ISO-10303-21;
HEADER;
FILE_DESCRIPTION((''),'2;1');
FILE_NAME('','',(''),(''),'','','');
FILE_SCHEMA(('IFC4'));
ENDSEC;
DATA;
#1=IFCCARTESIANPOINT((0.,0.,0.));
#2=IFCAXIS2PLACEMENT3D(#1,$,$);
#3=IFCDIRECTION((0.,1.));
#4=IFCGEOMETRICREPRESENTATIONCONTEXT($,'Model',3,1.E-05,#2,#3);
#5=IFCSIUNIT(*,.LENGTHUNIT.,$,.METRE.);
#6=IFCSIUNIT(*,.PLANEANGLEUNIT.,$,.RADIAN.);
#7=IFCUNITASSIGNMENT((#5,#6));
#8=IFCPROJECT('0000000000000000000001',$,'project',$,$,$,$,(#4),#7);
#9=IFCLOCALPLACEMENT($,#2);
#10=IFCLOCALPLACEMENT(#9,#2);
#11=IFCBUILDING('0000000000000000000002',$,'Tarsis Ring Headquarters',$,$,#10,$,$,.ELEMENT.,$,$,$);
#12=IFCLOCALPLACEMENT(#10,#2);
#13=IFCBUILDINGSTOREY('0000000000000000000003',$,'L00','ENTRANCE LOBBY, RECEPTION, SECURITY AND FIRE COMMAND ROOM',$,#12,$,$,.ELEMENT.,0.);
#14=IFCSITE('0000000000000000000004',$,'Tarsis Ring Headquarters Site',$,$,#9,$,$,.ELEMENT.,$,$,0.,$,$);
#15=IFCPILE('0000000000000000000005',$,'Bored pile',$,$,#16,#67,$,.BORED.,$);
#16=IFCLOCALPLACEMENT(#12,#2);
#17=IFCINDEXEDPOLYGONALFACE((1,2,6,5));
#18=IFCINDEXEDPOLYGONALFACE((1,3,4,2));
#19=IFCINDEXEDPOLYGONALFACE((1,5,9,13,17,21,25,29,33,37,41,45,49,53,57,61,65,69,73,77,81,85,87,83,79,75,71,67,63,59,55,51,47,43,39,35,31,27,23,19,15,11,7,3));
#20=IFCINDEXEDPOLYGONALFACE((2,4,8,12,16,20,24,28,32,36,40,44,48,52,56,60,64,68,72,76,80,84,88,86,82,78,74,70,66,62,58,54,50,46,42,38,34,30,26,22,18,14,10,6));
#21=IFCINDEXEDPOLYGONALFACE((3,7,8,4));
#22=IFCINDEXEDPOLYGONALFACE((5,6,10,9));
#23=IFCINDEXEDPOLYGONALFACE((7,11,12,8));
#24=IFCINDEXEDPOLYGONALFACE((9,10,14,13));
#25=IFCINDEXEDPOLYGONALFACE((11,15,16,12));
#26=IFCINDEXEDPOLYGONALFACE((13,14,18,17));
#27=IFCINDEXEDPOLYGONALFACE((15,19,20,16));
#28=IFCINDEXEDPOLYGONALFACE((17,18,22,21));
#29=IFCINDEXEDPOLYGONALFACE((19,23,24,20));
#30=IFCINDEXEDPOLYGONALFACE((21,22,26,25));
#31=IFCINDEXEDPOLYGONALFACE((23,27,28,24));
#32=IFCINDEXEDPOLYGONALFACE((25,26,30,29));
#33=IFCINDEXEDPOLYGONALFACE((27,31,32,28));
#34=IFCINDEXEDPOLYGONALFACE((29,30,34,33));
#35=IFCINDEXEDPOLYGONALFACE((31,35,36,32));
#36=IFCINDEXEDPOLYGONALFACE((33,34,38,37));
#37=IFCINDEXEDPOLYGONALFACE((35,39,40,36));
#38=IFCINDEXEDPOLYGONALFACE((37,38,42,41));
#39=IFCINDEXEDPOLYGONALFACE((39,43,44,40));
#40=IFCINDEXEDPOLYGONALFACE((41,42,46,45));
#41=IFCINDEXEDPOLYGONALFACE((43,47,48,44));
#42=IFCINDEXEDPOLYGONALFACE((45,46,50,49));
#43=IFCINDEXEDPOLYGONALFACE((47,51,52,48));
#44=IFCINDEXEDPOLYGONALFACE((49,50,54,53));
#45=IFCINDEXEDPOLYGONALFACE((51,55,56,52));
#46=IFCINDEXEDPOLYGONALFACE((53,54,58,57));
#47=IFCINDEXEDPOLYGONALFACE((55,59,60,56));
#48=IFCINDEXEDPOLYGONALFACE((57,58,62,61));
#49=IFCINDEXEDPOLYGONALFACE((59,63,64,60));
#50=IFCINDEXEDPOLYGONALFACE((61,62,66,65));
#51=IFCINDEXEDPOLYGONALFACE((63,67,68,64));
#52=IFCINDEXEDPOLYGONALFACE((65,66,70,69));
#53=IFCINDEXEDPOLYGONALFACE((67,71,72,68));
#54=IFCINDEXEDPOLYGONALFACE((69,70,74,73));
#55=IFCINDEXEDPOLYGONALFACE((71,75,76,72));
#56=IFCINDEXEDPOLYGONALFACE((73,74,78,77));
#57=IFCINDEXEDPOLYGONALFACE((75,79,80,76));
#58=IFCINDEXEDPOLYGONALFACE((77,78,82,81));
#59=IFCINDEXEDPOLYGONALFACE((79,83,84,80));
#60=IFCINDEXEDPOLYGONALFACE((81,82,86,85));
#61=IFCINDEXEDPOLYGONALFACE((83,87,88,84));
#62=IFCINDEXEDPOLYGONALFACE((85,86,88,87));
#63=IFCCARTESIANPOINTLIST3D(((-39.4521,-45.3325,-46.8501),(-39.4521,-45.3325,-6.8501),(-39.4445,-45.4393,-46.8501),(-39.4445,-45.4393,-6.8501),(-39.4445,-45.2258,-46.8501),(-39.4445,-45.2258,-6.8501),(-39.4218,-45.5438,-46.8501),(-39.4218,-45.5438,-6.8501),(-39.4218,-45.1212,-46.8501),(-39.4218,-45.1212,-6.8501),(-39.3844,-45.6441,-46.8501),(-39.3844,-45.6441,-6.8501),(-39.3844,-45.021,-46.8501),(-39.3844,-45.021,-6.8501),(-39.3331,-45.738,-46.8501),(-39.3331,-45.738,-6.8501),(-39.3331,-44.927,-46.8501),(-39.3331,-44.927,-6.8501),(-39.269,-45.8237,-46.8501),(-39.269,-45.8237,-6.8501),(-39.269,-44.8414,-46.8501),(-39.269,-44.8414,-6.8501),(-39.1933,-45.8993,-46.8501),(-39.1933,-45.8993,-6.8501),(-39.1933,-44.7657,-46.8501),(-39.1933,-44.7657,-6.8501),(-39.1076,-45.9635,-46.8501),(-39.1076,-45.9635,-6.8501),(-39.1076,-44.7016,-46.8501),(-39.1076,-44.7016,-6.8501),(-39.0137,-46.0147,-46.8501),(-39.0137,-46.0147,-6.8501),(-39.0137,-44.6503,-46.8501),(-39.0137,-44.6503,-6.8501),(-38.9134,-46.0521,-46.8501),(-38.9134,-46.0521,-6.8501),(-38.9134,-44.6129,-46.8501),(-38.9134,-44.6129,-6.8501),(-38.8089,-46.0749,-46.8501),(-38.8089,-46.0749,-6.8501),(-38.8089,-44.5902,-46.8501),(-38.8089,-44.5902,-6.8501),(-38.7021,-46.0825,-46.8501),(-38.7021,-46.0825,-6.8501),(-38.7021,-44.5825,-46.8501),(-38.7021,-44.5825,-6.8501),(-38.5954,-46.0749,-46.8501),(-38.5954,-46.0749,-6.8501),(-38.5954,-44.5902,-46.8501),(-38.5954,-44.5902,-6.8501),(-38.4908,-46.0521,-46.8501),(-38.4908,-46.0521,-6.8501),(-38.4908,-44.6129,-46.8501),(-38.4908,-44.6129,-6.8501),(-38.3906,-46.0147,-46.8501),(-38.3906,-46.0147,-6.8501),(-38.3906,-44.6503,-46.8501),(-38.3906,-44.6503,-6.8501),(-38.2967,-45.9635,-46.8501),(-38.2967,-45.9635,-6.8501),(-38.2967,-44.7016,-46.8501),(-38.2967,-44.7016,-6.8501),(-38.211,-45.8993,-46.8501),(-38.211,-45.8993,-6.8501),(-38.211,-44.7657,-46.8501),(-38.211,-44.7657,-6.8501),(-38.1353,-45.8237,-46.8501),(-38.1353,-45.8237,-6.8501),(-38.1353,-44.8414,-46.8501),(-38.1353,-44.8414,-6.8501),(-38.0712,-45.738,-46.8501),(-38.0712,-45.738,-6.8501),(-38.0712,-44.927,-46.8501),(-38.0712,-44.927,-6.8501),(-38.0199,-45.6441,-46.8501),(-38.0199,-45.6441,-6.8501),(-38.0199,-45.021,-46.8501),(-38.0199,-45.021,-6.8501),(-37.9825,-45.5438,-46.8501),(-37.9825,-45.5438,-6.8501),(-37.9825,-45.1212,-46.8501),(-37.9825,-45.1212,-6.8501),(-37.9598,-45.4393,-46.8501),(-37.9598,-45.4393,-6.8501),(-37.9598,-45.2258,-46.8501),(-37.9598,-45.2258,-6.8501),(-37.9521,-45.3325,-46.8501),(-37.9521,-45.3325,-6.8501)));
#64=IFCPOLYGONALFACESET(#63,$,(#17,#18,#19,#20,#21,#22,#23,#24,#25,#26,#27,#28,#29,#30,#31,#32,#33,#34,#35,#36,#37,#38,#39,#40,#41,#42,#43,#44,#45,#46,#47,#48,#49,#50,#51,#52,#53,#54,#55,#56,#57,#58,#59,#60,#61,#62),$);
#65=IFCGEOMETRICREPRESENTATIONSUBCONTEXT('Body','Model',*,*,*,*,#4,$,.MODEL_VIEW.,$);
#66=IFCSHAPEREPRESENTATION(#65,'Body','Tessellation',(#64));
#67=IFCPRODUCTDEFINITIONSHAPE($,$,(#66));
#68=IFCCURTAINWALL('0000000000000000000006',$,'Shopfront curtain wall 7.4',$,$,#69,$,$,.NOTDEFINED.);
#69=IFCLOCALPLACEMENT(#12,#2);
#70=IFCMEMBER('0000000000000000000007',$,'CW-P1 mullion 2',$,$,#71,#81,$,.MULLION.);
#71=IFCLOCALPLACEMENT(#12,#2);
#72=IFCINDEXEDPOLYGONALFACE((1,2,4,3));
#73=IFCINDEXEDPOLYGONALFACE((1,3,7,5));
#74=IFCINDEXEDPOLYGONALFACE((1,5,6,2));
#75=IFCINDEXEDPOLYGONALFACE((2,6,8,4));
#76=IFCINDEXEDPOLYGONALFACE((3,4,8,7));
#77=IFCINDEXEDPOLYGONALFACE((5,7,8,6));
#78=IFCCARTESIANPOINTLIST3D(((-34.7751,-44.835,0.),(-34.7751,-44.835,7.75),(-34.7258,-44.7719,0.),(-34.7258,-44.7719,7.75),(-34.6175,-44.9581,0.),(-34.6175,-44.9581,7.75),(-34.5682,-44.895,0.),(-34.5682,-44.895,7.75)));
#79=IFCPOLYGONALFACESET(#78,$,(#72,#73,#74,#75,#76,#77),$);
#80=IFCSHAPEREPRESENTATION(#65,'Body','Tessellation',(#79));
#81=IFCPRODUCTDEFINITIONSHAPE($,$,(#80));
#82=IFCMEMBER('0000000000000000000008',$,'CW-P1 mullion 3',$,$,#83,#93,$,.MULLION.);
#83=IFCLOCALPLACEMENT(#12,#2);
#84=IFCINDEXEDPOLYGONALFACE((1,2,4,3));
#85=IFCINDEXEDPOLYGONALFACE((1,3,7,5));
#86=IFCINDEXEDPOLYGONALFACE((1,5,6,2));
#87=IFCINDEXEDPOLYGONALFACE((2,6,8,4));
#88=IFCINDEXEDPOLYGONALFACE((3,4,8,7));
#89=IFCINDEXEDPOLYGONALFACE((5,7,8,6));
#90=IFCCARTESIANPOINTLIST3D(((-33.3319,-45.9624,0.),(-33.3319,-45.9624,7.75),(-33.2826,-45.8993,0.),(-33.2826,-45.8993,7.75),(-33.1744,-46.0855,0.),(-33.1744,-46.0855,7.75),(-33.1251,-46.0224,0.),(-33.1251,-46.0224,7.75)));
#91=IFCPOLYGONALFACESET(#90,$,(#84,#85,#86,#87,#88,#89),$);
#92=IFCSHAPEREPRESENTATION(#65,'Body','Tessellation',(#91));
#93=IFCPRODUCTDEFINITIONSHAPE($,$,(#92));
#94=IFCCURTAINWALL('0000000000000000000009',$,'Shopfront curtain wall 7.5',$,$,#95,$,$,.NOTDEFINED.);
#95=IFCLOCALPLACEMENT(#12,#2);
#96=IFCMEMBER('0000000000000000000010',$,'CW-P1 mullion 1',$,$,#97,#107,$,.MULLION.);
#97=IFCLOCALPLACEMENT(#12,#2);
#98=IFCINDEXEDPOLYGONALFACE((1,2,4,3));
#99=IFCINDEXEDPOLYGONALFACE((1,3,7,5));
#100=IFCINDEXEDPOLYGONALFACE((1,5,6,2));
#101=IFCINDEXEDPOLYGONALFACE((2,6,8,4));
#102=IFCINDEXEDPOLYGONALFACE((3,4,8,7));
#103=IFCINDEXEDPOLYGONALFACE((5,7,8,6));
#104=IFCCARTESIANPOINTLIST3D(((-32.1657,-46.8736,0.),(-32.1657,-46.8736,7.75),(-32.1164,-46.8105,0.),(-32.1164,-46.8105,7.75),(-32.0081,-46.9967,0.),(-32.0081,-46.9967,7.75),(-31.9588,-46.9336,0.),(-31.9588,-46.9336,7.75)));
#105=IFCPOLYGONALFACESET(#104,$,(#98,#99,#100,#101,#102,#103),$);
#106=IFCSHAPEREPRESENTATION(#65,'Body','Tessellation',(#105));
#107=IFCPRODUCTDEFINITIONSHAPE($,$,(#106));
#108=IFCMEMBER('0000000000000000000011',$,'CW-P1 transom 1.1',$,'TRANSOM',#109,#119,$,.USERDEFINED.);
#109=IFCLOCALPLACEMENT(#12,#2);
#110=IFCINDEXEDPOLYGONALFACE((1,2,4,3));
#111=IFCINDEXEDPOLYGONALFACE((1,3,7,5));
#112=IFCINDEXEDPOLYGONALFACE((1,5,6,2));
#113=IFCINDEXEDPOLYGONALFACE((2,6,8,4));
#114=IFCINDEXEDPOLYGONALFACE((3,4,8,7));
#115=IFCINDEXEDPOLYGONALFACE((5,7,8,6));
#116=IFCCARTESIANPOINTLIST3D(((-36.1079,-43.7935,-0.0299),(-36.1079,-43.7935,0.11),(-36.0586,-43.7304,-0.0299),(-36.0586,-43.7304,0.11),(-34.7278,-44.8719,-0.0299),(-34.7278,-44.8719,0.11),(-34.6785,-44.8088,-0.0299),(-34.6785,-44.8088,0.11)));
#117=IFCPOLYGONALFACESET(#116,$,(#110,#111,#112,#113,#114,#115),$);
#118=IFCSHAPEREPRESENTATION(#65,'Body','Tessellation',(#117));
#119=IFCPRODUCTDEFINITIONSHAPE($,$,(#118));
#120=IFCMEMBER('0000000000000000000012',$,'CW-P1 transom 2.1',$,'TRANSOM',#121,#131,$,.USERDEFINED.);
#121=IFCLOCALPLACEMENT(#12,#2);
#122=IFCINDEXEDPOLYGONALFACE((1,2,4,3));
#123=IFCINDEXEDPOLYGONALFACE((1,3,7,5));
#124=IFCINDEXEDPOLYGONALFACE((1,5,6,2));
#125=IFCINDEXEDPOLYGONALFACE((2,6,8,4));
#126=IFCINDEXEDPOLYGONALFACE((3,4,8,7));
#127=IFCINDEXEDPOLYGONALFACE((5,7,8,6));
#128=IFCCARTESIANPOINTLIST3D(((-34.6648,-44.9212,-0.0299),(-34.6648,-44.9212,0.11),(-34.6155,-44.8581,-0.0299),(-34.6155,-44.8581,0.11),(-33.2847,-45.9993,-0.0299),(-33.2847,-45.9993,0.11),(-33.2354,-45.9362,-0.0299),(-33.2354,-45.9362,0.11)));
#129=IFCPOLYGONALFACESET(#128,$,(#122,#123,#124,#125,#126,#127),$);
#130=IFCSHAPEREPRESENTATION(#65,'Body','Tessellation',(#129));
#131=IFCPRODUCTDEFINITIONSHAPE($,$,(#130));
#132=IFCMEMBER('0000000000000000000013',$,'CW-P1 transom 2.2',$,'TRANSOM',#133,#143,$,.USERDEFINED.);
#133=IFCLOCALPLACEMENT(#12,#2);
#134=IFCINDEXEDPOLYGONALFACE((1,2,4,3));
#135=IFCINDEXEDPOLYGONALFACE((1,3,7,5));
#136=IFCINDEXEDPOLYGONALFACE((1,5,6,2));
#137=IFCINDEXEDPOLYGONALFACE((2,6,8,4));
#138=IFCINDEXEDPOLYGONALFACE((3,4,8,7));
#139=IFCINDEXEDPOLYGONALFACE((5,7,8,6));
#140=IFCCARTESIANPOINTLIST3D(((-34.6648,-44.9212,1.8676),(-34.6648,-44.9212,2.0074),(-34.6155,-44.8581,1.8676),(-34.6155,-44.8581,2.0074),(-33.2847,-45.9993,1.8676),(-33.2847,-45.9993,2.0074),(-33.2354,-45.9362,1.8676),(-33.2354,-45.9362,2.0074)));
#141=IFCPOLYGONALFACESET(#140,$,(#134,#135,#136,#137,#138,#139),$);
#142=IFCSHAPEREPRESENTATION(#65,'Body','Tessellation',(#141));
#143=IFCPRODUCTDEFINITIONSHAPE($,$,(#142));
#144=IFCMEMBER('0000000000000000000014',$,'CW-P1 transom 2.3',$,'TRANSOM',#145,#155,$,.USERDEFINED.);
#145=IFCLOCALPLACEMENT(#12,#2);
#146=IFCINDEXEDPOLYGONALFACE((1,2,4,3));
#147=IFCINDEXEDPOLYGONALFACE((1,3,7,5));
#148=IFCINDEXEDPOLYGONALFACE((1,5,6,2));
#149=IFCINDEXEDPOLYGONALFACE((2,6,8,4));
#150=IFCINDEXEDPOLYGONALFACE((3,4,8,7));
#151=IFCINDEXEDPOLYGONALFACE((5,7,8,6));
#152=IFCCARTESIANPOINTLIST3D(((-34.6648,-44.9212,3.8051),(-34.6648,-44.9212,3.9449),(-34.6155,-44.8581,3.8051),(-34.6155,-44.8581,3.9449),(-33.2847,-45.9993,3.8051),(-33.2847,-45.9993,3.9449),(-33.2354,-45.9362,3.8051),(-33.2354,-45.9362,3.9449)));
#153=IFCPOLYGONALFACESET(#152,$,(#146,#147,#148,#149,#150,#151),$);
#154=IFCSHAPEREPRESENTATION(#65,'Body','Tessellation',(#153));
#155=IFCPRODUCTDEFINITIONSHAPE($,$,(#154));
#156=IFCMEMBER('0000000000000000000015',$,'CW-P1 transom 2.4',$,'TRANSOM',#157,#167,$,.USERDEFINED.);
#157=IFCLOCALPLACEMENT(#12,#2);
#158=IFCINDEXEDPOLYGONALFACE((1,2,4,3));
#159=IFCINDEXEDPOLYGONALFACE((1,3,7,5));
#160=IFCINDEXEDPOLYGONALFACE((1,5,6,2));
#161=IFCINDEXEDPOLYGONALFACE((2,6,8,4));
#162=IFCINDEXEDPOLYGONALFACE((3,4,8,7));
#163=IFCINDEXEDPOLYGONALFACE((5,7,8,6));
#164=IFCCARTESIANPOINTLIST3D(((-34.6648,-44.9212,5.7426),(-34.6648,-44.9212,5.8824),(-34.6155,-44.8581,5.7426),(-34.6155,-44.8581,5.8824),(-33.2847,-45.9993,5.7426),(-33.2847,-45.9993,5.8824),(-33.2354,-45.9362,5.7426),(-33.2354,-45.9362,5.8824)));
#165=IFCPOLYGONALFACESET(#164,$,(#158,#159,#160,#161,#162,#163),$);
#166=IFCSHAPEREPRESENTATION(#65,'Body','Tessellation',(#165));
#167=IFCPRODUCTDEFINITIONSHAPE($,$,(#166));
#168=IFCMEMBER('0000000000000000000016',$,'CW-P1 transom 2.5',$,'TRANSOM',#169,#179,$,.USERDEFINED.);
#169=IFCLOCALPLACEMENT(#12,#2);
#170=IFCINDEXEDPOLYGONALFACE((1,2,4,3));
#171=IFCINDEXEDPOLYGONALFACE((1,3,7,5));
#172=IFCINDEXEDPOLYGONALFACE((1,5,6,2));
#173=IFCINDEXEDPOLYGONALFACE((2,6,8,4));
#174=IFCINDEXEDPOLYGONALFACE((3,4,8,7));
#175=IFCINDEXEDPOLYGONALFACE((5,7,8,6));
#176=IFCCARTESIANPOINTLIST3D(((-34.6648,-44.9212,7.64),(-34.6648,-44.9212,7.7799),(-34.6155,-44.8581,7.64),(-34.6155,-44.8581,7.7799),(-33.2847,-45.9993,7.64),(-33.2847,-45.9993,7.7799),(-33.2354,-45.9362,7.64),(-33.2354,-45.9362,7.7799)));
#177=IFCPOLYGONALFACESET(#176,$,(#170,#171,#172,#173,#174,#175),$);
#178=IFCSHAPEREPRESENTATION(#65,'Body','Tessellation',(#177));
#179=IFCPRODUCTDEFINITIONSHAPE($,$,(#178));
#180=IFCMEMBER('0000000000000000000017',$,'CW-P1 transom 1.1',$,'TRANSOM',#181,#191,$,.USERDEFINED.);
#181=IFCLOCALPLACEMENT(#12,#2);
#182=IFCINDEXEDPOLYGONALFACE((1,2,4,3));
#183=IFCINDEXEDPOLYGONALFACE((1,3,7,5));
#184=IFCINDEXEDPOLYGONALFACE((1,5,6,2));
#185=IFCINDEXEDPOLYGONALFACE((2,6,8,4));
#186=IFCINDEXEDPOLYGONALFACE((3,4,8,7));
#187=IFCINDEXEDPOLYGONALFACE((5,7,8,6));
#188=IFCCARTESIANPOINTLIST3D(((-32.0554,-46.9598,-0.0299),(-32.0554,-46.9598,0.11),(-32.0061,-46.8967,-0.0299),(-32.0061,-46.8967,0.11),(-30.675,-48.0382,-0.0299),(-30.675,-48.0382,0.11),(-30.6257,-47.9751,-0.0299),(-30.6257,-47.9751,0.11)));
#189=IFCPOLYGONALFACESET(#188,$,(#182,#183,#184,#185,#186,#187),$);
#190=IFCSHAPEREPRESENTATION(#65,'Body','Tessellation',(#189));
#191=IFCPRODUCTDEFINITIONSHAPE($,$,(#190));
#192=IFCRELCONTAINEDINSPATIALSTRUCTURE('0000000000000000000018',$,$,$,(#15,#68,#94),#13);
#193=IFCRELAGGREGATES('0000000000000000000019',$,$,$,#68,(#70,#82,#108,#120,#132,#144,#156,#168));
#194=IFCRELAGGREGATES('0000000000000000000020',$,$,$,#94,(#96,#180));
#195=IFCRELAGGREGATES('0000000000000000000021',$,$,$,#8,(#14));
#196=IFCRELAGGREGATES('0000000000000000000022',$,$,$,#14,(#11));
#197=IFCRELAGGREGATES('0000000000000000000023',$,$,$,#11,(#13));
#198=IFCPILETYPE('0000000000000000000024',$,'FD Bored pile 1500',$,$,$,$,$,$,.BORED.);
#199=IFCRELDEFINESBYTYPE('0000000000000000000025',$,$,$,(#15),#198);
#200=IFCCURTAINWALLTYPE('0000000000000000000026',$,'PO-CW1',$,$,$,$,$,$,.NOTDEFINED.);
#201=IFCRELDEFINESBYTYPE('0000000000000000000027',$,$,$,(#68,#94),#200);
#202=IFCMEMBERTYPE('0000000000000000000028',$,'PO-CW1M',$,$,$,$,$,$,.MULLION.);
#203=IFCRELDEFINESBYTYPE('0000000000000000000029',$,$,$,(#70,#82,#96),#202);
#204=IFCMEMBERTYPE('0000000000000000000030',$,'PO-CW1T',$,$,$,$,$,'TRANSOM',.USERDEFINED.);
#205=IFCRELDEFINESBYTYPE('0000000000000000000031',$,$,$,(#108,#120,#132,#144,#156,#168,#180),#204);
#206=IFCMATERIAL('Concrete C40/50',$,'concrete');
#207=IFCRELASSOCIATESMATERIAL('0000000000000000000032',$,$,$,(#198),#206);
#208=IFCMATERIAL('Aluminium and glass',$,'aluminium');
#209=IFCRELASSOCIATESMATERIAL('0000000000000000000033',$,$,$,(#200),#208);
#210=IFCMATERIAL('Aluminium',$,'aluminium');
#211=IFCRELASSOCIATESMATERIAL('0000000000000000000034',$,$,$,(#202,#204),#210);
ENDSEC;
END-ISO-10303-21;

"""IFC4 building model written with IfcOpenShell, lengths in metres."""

from ifc_helpers import new_model, si_unit, direction, frame, origin, origin_2d, place, context, subcontext, project, spatial, rectangle, circle, extrude, material, material_profile, profile_set, type_object, element, aggregate, save


model = new_model("IFC4")

# Units and contexts
model_context = context("Model", 3, precision=1e-05, world=origin(), true_north=direction((0.0, 1.0)))
body_context = subcontext(model_context, "Body", "Model", "MODEL_VIEW")
ifc_project = project(units=[si_unit("LENGTHUNIT", "METRE"), si_unit("PLANEANGLEUNIT", "RADIAN")], contexts=[model_context])

# Site, building, storey
site_placement = place(None, origin())
site = spatial("IfcSite", under=ifc_project, at=site_placement, Name="Tarsis Ring Headquarters Site", CompositionType="ELEMENT", RefElevation=0.0)
building_placement = place(site_placement, origin())
building = spatial("IfcBuilding", under=site, at=building_placement, Name="Tarsis Ring Headquarters", CompositionType="ELEMENT")
storey_placement = place(building_placement, origin())
storey = spatial("IfcBuildingStorey", under=building, at=storey_placement, Name="L00", Description="ENTRANCE LOBBY, RECEPTION, SECURITY AND FIRE COMMAND ROOM", CompositionType="ELEMENT", Elevation=0.0)

# Pile
ifc_material_1 = material(Name="Concrete C40/50", Category="concrete")
ifc_material_profile_1 = material_profile(ifc_material_1, circle(Radius=0.75, at=origin_2d()), Name="BORED 1500")
ifc_profile_set_1 = profile_set([ifc_material_profile_1], Name="Concrete C40/50")
pile_type = type_object("IfcPileType", Name="FD Bored pile 1500", PredefinedType="BORED", material=ifc_profile_set_1)
for number, where, z_axis, x_axis, name in (
    (1, (-38.7021, -45.3325, -6.8501), (0.0, 0.0, -1.0), (1.0, 0.0, 0.0), "Bored pile"),
):
    element("IfcPile", number, at=place(storey_placement, frame(where, z_axis=z_axis, x_axis=x_axis)), inside=storey, type_object=pile_type, Name=name, PredefinedType="BORED", context=body_context, shape_type="SweptSolid", body=[
        extrude(circle(Radius=0.75, at=origin_2d()), origin(), (0.0, 0.0, 1.0), 40.0),
    ])

# Curtain wall, members
ifc_material_2 = material(Name="Aluminium and glass", Category="aluminium")
curtain_wall_type = type_object("IfcCurtainWallType", Name="PO-CW1", PredefinedType="NOTDEFINED", material=ifc_material_2)
curtain_wall_1_placement = place(storey_placement, origin())
curtain_wall_1 = element("IfcCurtainWall", 2, at=curtain_wall_1_placement, inside=storey, type_object=curtain_wall_type, Name="Shopfront curtain wall 7.4", PredefinedType="NOTDEFINED")
ifc_material_3 = material(Name="Aluminium", Category="aluminium")
ifc_material_profile_2 = material_profile(ifc_material_3, rectangle(XDim=0.0801, YDim=0.2, at=origin_2d()), Name="PO-CW1M")
ifc_profile_set_2 = profile_set([ifc_material_profile_2], Name="Aluminium")
member_type_1 = type_object("IfcMemberType", Name="PO-CW1M", PredefinedType="MULLION", material=ifc_profile_set_2)
member_1_placement = place(storey_placement, frame((-34.6716, -44.865, 0.0), z_axis=(0.0, 0.0, 1.0), x_axis=(0.615662, 0.788011, 0.0)))
member_1 = element("IfcMember", 3, at=member_1_placement, type_object=member_type_1, Name="CW-P1 mullion 2", PredefinedType="MULLION", context=body_context, shape_type="SweptSolid", body=[
    extrude(rectangle(XDim=0.0801, YDim=0.2, at=origin_2d()), origin(), (0.0, 0.0, 1.0), 7.75),
])
member_2_placement = place(storey_placement, frame((-33.2285, -45.9924, 0.0), z_axis=(0.0, 0.0, 1.0), x_axis=(0.615662, 0.788011, 0.0)))
member_2 = element("IfcMember", 4, at=member_2_placement, type_object=member_type_1, Name="CW-P1 mullion 3", PredefinedType="MULLION", context=body_context, shape_type="SweptSolid", body=[
    extrude(rectangle(XDim=0.0801, YDim=0.2, at=origin_2d()), origin(), (0.0, 0.0, 1.0), 7.75),
])

# Curtain wall, member
curtain_wall_2_placement = place(storey_placement, origin())
curtain_wall_2 = element("IfcCurtainWall", 5, at=curtain_wall_2_placement, inside=storey, type_object=curtain_wall_type, Name="Shopfront curtain wall 7.5", PredefinedType="NOTDEFINED")
member_3_placement = place(storey_placement, frame((-32.0623, -46.9036, 0.0), z_axis=(0.0, 0.0, 1.0), x_axis=(0.615661, 0.788011, 0.0)))
member_3 = element("IfcMember", 6, at=member_3_placement, type_object=member_type_1, Name="CW-P1 mullion 1", PredefinedType="MULLION", context=body_context, shape_type="SweptSolid", body=[
    extrude(rectangle(XDim=0.0801, YDim=0.2, at=origin_2d()), origin(), (0.0, 0.0, 1.0), 7.75),
])

# Members
ifc_material_profile_3 = material_profile(ifc_material_3, rectangle(XDim=0.0801, YDim=0.1399, at=origin_2d()), Name="PO-CW1T")
ifc_profile_set_3 = profile_set([ifc_material_profile_3], Name="Aluminium")
member_type_2 = type_object("IfcMemberType", Name="PO-CW1T", ElementType="TRANSOM", PredefinedType="USERDEFINED", material=ifc_profile_set_3)
member_4_placement = place(storey_placement, frame((-36.0833, -43.762, 0.04), z_axis=(0.787984, -0.615695, 0.0), x_axis=(0.615695, 0.787984, 0.0)))
member_4 = element("IfcMember", 7, at=member_4_placement, type_object=member_type_2, Name="CW-P1 transom 1.1", ObjectType="TRANSOM", PredefinedType="USERDEFINED", context=body_context, shape_type="SweptSolid", body=[
    extrude(rectangle(XDim=0.0801, YDim=0.1399, at=origin_2d()), origin(), (0.0, 0.0, 1.0), 1.7515),
])
member_5_placement = place(storey_placement, frame((-34.6401, -44.8896, 0.04), z_axis=(0.788052, -0.615609, 0.0), x_axis=(0.615609, 0.788052, 0.0)))
member_5 = element("IfcMember", 8, at=member_5_placement, type_object=member_type_2, Name="CW-P1 transom 2.1", ObjectType="TRANSOM", PredefinedType="USERDEFINED", context=body_context, shape_type="SweptSolid", body=[
    extrude(rectangle(XDim=0.0801, YDim=0.1399, at=origin_2d()), origin(), (0.0, 0.0, 1.0), 1.7512),
])
member_6_placement = place(storey_placement, frame((-34.6401, -44.8896, 1.9375), z_axis=(0.788052, -0.615609, 0.0), x_axis=(0.615609, 0.788052, 0.0)))
member_6 = element("IfcMember", 9, at=member_6_placement, type_object=member_type_2, Name="CW-P1 transom 2.2", ObjectType="TRANSOM", PredefinedType="USERDEFINED", context=body_context, shape_type="SweptSolid", body=[
    extrude(rectangle(XDim=0.0801, YDim=0.1399, at=origin_2d()), origin(), (0.0, 0.0, 1.0), 1.7512),
])
member_7_placement = place(storey_placement, frame((-34.6401, -44.8896, 3.875), z_axis=(0.788052, -0.615609, 0.0), x_axis=(0.615609, 0.788052, 0.0)))
member_7 = element("IfcMember", 10, at=member_7_placement, type_object=member_type_2, Name="CW-P1 transom 2.3", ObjectType="TRANSOM", PredefinedType="USERDEFINED", context=body_context, shape_type="SweptSolid", body=[
    extrude(rectangle(XDim=0.0801, YDim=0.1399, at=origin_2d()), origin(), (0.0, 0.0, 1.0), 1.7512),
])
member_8_placement = place(storey_placement, frame((-34.6401, -44.8896, 5.8125), z_axis=(0.788052, -0.615609, 0.0), x_axis=(0.615609, 0.788052, 0.0)))
member_8 = element("IfcMember", 11, at=member_8_placement, type_object=member_type_2, Name="CW-P1 transom 2.4", ObjectType="TRANSOM", PredefinedType="USERDEFINED", context=body_context, shape_type="SweptSolid", body=[
    extrude(rectangle(XDim=0.0801, YDim=0.1399, at=origin_2d()), origin(), (0.0, 0.0, 1.0), 1.7512),
])
member_9_placement = place(storey_placement, frame((-34.6401, -44.8896, 7.71), z_axis=(0.788052, -0.615609, 0.0), x_axis=(0.615609, 0.788052, 0.0)))
member_9 = element("IfcMember", 12, at=member_9_placement, type_object=member_type_2, Name="CW-P1 transom 2.5", ObjectType="TRANSOM", PredefinedType="USERDEFINED", context=body_context, shape_type="SweptSolid", body=[
    extrude(rectangle(XDim=0.0801, YDim=0.1399, at=origin_2d()), origin(), (0.0, 0.0, 1.0), 1.7512),
])
member_10_placement = place(storey_placement, frame((-32.0308, -46.9282, 0.04), z_axis=(0.788037, -0.615628, 0.0), x_axis=(0.615628, 0.788037, 0.0)))
member_10 = element("IfcMember", 13, at=member_10_placement, type_object=member_type_2, Name="CW-P1 transom 1.1", ObjectType="TRANSOM", PredefinedType="USERDEFINED", context=body_context, shape_type="SweptSolid", body=[
    extrude(rectangle(XDim=0.0801, YDim=0.1399, at=origin_2d()), origin(), (0.0, 0.0, 1.0), 1.7517),
])

aggregate(curtain_wall_1, [member_1, member_2, member_4, member_5, member_6, member_7, member_8, member_9])
aggregate(curtain_wall_2, [member_3, member_10])

save(model, "model.ifc")
